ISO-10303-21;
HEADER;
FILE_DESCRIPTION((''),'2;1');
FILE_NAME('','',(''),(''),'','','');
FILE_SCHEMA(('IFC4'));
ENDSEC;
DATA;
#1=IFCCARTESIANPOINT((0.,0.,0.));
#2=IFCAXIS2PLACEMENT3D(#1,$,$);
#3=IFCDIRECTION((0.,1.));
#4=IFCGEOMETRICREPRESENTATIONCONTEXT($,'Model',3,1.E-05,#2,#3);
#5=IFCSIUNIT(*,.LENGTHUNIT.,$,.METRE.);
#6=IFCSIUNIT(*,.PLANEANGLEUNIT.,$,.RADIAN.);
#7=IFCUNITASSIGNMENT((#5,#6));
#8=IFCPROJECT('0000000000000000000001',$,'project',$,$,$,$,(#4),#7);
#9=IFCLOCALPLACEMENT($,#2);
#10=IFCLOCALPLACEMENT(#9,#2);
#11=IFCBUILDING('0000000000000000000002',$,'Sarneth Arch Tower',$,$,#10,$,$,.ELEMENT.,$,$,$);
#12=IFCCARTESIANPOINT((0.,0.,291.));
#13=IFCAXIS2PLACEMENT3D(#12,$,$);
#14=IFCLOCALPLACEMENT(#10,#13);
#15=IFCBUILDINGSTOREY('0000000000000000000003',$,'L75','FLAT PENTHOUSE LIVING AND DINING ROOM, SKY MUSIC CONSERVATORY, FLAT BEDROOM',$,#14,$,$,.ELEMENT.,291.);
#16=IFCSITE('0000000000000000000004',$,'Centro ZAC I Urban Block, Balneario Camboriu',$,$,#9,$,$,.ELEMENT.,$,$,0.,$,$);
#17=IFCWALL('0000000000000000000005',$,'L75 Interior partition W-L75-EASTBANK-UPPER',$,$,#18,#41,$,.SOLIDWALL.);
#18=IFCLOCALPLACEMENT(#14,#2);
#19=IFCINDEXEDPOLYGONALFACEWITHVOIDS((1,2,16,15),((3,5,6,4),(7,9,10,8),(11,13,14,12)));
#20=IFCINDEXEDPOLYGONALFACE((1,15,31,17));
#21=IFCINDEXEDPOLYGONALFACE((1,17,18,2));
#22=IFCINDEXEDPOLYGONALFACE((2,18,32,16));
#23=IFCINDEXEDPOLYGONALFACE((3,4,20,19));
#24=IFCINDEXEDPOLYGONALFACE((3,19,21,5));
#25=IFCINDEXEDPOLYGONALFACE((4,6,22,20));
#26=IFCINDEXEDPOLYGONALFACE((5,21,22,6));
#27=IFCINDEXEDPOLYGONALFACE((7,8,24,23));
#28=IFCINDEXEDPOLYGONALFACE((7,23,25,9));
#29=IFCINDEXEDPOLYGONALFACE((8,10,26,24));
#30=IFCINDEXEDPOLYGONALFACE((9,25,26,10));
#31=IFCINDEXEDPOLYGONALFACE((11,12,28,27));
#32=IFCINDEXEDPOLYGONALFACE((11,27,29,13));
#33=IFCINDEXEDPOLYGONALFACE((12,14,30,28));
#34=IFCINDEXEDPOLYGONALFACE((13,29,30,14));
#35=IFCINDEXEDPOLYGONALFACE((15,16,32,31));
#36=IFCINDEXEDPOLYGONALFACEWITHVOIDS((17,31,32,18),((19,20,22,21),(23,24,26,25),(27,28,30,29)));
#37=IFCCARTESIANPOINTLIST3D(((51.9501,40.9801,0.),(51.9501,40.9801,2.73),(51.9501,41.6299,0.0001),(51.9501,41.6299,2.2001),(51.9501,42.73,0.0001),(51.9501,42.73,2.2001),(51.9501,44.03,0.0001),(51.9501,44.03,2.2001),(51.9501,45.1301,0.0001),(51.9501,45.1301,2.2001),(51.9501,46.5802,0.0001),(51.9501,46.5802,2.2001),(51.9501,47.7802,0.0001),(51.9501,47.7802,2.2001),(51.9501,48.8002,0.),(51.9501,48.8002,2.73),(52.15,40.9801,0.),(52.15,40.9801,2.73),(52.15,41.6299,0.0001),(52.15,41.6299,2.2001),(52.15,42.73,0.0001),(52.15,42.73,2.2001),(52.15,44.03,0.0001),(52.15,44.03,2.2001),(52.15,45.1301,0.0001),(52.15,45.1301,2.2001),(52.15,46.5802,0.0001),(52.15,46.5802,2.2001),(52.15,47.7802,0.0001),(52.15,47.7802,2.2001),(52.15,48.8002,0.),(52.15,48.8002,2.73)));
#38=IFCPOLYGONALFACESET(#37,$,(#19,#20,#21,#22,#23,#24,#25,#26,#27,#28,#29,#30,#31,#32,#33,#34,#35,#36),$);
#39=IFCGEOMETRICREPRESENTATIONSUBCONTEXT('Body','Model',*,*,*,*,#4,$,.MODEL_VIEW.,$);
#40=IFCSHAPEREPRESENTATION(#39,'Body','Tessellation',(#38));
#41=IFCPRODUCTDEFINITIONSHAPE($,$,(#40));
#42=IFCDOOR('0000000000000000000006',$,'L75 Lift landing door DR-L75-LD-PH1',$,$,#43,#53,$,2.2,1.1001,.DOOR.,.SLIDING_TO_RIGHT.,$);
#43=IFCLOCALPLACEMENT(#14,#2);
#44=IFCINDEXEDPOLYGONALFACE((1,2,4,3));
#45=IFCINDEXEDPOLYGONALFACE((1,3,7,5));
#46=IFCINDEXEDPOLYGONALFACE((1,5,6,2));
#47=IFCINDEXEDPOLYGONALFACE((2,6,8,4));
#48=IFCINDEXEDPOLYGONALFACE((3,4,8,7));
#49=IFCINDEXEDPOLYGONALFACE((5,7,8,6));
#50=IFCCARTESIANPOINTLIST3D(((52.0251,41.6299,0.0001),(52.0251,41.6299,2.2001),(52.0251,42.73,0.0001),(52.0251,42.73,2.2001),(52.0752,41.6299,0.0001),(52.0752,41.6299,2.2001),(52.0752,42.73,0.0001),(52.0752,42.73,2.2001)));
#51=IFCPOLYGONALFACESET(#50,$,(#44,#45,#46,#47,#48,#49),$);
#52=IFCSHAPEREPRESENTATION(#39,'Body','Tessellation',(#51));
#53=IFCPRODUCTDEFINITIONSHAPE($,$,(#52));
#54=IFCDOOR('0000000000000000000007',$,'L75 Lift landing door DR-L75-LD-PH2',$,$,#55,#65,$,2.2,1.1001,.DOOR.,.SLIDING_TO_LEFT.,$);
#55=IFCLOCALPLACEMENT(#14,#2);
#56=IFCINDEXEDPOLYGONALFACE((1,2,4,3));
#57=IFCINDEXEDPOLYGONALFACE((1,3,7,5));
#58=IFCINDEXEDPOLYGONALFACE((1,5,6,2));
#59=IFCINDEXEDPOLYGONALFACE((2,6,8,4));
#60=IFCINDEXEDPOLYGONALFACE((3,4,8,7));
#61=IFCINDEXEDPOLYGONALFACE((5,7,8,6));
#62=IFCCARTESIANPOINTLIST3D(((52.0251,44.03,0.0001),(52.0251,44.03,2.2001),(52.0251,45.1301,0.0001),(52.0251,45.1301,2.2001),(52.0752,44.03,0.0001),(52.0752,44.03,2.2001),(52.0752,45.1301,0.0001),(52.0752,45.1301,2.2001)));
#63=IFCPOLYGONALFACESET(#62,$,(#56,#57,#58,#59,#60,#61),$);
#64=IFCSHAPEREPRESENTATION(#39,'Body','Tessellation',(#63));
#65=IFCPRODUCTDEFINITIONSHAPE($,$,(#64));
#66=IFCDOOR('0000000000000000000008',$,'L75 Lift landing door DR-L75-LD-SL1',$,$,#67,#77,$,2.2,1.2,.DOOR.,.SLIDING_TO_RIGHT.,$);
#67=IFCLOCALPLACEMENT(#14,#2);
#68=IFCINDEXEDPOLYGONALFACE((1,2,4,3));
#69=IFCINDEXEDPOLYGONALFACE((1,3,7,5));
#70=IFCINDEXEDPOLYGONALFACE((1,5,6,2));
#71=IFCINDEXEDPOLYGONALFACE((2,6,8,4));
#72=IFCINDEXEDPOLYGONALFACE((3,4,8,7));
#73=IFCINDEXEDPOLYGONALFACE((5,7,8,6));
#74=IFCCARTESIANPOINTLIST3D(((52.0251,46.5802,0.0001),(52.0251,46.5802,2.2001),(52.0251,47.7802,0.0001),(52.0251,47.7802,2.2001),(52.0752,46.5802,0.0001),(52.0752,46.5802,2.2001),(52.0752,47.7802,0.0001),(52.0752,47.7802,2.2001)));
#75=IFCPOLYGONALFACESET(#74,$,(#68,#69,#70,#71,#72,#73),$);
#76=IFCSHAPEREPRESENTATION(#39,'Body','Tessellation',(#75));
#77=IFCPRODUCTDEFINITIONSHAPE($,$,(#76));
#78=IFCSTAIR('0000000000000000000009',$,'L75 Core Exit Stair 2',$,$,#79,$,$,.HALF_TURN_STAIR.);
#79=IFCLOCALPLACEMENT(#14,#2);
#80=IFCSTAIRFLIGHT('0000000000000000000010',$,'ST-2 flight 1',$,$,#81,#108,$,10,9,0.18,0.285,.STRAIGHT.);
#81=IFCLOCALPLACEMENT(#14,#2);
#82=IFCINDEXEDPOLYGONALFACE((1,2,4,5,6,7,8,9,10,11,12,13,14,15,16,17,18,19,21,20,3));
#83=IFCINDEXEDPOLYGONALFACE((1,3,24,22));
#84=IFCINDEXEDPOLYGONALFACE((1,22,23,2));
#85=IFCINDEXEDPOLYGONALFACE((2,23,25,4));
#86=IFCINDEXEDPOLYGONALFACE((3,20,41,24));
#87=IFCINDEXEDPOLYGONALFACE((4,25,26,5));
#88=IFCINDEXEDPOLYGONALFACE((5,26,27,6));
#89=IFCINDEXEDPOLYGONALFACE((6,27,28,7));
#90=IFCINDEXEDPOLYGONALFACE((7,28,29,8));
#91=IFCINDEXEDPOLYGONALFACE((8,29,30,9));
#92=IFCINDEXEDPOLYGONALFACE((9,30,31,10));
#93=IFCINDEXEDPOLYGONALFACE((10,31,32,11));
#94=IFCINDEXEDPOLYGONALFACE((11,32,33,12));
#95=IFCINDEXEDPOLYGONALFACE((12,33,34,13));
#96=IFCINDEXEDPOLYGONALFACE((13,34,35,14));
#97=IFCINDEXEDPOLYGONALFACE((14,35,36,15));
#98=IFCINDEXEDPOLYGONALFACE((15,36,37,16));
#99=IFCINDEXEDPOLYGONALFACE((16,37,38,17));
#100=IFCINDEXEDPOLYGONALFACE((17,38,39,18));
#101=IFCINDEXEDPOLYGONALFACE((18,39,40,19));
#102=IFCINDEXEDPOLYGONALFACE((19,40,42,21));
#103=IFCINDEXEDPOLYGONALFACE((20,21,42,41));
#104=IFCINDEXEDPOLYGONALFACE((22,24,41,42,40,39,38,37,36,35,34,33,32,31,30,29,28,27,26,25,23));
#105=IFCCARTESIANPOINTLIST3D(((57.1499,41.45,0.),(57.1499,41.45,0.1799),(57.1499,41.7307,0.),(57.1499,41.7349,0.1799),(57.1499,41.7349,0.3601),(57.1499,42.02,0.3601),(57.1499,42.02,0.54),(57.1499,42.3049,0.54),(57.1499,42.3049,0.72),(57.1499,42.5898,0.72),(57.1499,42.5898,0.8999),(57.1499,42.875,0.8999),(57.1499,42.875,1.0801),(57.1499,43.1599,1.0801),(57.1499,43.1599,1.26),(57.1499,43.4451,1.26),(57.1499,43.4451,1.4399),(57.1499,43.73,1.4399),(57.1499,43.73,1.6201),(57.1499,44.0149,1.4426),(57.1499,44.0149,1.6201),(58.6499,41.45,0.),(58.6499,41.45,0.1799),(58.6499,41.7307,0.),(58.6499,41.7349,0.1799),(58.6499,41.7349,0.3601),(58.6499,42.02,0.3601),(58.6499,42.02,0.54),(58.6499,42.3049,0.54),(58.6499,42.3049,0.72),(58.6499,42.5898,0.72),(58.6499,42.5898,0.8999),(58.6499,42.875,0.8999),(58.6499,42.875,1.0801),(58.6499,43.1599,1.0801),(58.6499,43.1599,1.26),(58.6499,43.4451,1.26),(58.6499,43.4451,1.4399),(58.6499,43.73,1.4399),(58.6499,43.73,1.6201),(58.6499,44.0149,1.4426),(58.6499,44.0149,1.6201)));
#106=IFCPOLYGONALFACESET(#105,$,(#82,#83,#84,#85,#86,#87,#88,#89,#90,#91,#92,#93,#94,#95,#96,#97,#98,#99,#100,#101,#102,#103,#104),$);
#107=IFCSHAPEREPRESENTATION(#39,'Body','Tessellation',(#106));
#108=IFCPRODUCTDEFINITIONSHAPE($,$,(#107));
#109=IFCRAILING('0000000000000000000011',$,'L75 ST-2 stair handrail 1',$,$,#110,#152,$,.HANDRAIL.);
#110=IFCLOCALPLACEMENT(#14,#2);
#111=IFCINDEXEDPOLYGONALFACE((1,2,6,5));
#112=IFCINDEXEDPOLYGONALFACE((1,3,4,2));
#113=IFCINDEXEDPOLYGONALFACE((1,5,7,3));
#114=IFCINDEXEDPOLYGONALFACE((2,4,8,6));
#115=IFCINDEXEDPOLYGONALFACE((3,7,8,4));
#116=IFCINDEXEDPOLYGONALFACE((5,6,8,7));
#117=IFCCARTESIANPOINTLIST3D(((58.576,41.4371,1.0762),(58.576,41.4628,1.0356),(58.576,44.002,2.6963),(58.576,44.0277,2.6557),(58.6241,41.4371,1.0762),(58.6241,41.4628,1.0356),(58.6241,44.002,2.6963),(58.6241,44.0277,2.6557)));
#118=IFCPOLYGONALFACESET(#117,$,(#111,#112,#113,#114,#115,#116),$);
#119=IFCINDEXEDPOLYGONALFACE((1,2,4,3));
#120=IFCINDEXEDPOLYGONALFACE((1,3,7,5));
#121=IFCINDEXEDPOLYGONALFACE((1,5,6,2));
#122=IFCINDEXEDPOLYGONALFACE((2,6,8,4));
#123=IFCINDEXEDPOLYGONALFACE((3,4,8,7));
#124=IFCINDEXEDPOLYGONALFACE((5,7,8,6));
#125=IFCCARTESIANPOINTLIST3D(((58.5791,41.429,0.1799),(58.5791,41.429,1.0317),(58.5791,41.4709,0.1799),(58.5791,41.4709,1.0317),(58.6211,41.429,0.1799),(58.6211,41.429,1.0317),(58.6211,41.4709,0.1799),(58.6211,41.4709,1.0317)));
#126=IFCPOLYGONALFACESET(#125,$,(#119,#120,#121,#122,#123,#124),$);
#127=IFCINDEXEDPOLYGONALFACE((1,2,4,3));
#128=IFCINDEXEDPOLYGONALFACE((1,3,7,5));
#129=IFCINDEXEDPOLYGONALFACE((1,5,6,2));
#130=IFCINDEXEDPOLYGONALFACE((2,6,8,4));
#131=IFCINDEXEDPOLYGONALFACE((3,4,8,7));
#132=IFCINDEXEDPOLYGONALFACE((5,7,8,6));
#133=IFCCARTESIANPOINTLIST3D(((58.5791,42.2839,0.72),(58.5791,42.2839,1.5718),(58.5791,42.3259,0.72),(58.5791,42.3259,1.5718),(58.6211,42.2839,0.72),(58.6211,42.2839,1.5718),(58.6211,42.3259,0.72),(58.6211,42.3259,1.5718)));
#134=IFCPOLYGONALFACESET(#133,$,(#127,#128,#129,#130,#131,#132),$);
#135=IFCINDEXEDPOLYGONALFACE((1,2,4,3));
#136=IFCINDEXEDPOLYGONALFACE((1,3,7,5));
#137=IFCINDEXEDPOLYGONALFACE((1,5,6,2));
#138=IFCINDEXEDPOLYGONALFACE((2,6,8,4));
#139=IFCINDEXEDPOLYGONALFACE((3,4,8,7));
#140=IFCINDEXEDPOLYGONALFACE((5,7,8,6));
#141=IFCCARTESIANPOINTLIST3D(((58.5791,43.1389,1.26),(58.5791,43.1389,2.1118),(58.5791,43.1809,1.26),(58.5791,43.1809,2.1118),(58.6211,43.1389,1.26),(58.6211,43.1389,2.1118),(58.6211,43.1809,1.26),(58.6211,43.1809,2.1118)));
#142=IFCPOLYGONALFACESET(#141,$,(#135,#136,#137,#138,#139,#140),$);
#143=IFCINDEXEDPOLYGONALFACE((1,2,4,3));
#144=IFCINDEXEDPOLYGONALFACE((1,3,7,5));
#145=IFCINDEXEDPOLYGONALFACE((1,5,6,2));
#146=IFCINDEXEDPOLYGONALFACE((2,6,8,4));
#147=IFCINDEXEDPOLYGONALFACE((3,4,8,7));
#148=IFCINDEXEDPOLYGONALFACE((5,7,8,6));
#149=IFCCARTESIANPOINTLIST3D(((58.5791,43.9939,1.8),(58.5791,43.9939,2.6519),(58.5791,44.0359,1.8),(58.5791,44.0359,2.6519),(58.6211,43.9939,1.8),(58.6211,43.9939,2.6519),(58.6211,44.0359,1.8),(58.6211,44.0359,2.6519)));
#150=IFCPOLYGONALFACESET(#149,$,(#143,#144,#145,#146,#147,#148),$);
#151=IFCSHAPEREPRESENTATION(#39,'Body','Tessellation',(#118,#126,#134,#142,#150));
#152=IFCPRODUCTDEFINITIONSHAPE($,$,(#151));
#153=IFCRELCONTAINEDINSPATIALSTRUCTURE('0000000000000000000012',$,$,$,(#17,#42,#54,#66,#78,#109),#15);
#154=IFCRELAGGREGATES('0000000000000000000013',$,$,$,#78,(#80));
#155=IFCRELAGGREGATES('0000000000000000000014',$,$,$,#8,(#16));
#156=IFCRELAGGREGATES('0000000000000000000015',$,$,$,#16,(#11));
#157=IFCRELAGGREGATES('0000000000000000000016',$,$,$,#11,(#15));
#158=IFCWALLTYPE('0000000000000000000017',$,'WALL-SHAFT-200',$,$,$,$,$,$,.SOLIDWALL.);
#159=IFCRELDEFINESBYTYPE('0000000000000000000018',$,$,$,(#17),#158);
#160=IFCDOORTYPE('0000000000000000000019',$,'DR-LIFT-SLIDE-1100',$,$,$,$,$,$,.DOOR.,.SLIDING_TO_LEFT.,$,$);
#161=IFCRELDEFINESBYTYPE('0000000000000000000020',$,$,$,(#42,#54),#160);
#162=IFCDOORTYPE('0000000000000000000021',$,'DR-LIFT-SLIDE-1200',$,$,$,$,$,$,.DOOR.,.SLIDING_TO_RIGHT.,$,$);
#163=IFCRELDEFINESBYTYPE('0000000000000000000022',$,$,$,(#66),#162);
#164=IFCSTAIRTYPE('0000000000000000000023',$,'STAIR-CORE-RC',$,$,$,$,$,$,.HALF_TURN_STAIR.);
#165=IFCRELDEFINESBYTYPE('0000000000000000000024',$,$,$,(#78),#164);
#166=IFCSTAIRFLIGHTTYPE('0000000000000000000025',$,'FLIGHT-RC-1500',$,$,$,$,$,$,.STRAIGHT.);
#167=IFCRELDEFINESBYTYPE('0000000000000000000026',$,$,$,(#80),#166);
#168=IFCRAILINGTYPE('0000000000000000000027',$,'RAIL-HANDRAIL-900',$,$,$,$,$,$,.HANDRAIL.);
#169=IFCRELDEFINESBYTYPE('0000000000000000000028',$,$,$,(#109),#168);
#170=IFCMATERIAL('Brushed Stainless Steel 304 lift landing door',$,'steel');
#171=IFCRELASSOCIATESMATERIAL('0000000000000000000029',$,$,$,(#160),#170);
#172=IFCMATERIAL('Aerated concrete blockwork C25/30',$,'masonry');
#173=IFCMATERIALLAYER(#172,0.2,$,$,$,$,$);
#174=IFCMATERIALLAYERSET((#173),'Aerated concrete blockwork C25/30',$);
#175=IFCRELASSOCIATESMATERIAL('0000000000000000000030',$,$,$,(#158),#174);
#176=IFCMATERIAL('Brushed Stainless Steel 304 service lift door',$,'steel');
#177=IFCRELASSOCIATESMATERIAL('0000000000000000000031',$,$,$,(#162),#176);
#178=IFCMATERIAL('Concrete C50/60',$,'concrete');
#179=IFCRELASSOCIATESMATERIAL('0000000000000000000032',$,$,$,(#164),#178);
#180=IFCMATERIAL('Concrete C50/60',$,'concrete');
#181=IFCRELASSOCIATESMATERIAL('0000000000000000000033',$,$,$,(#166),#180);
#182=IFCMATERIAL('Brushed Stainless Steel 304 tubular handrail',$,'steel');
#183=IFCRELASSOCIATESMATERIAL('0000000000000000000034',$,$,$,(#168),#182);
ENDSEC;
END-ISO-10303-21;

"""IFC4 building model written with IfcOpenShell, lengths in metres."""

from ifc_helpers import new_model, si_unit, direction, frame, frame_2d, origin, origin_2d, place, context, subcontext, project, spatial, polyline, rectangle, outline, extrude, material, layer, layer_set, type_object, element, fill, aggregate, save


model = new_model("IFC4")

# Units and contexts
model_context = context("Model", 3, precision=1e-05, world=origin(), true_north=direction((0.0, 1.0)))
body_context = subcontext(model_context, "Body", "Model", "MODEL_VIEW")
ifc_project = project(units=[si_unit("LENGTHUNIT", "METRE"), si_unit("PLANEANGLEUNIT", "RADIAN")], contexts=[model_context])

# Site, building, storey
site_placement = place(None, origin())
site = spatial("IfcSite", under=ifc_project, at=site_placement, Name="Centro ZAC I Urban Block, Balneario Camboriu", CompositionType="ELEMENT", RefElevation=0.0)
building_placement = place(site_placement, origin())
building = spatial("IfcBuilding", under=site, at=building_placement, Name="Sarneth Arch Tower", CompositionType="ELEMENT")
storey_placement = place(building_placement, frame((0.0, 0.0, 291.0)))
storey = spatial("IfcBuildingStorey", under=building, at=storey_placement, Name="L75", Description="FLAT PENTHOUSE LIVING AND DINING ROOM, SKY MUSIC CONSERVATORY, FLAT BEDROOM", CompositionType="ELEMENT", Elevation=291.0)

# Shared definitions
ifc_material_1 = material(Name="Brushed Stainless Steel 304 lift landing door", Category="steel")
door_type_1 = type_object("IfcDoorType", Name="DR-LIFT-SLIDE-1100", OperationType="SLIDING_TO_LEFT", PredefinedType="DOOR", material=ifc_material_1)

# Shared definitions
ifc_material_2 = material(Name="Aerated concrete blockwork C25/30", Category="masonry")
ifc_layer_1 = layer(ifc_material_2, 0.2)
ifc_layer_set_1 = layer_set([ifc_layer_1], Name="Aerated concrete blockwork C25/30")
wall_type_1 = type_object("IfcWallType", Name="WALL-SHAFT-200", PredefinedType="SOLIDWALL", material=ifc_layer_set_1)

# Wall, openings, doors
wall_1_placement = place(storey_placement, frame((52.05, 40.98, 0.0), z_axis=(0.0, 0.0, 1.0), x_axis=(0.0, 1.0, 0.0)))
wall_1 = element("IfcWall", 1, at=wall_1_placement, inside=storey, type_object=wall_type_1, Name="L75 Interior partition W-L75-EASTBANK-UPPER", PredefinedType="SOLIDWALL", context=body_context, shape_type="SweptSolid", body=[
    extrude(rectangle(XDim=7.8201, YDim=0.2, at=frame_2d((3.9102, 0.0))), origin(), (0.0, 0.0, 1.0), 2.73),
])
opening_1_placement = place(wall_1_placement, frame((0.6499, 0.0, 0.0)))
opening_1 = element("IfcOpeningElement", 2, at=opening_1_placement, cuts=wall_1, PredefinedType="OPENING", context=body_context, shape_type="SweptSolid", body=[
    extrude(rectangle(XDim=1.1001, YDim=2.2, at=frame_2d((0.55, 1.1001))), frame((0.0, 0.1099, 0.0), z_axis=(0.0, -1.0, 0.0), x_axis=(1.0, 0.0, 0.0)), (0.0, 0.0, 1.0), 0.22),
])
opening_2_placement = place(wall_1_placement, frame((3.05, 0.0, 0.0)))
opening_2 = element("IfcOpeningElement", 3, at=opening_2_placement, cuts=wall_1, PredefinedType="OPENING", context=body_context, shape_type="SweptSolid", body=[
    extrude(rectangle(XDim=1.1001, YDim=2.2, at=frame_2d((0.55, 1.1001))), frame((0.0, 0.1099, 0.0), z_axis=(0.0, -1.0, 0.0), x_axis=(1.0, 0.0, 0.0)), (0.0, 0.0, 1.0), 0.22),
])
opening_3_placement = place(wall_1_placement, frame((5.6001, 0.0, 0.0)))
opening_3 = element("IfcOpeningElement", 4, at=opening_3_placement, cuts=wall_1, PredefinedType="OPENING", context=body_context, shape_type="SweptSolid", body=[
    extrude(rectangle(XDim=1.2, YDim=2.2, at=frame_2d((0.6001, 1.1001))), frame((0.0, 0.1099, 0.0), z_axis=(0.0, -1.0, 0.0), x_axis=(1.0, 0.0, 0.0)), (0.0, 0.0, 1.0), 0.22),
])
door_1_placement = place(opening_1_placement, origin())
door_1 = element("IfcDoor", 5, at=door_1_placement, inside=storey, type_object=door_type_1, Name="L75 Lift landing door DR-L75-LD-PH1", OperationType="SLIDING_TO_RIGHT", OverallHeight=2.2, OverallWidth=1.1001, PredefinedType="DOOR", context=body_context, shape_type="SweptSolid", body=[
    extrude(rectangle(XDim=1.1001, YDim=2.2, at=frame_2d((0.55, 1.1001))), frame((0.0, 0.0249, 0.0), z_axis=(0.0, -1.0, 0.0), x_axis=(1.0, 0.0, 0.0)), (0.0, 0.0, 1.0), 0.05),
])
fill(opening_1, door_1)
door_2_placement = place(opening_2_placement, origin())
door_2 = element("IfcDoor", 6, at=door_2_placement, inside=storey, type_object=door_type_1, Name="L75 Lift landing door DR-L75-LD-PH2", OperationType="SLIDING_TO_LEFT", OverallHeight=2.2, OverallWidth=1.1001, PredefinedType="DOOR", context=body_context, shape_type="SweptSolid", body=[
    extrude(rectangle(XDim=1.1001, YDim=2.2, at=frame_2d((0.55, 1.1001))), frame((0.0, 0.0249, 0.0), z_axis=(0.0, -1.0, 0.0), x_axis=(1.0, 0.0, 0.0)), (0.0, 0.0, 1.0), 0.05),
])
fill(opening_2, door_2)
ifc_material_3 = material(Name="Brushed Stainless Steel 304 service lift door", Category="steel")
door_type_2 = type_object("IfcDoorType", Name="DR-LIFT-SLIDE-1200", OperationType="SLIDING_TO_RIGHT", PredefinedType="DOOR", material=ifc_material_3)
door_3_placement = place(opening_3_placement, origin())
door_3 = element("IfcDoor", 7, at=door_3_placement, inside=storey, type_object=door_type_2, Name="L75 Lift landing door DR-L75-LD-SL1", OperationType="SLIDING_TO_RIGHT", OverallHeight=2.2, OverallWidth=1.2, PredefinedType="DOOR", context=body_context, shape_type="SweptSolid", body=[
    extrude(rectangle(XDim=1.2, YDim=2.2, at=frame_2d((0.6001, 1.1001))), frame((0.0, 0.0249, 0.0), z_axis=(0.0, -1.0, 0.0), x_axis=(1.0, 0.0, 0.0)), (0.0, 0.0, 1.0), 0.05),
])
fill(opening_3, door_3)

# Stair, stair flight
ifc_material_4 = material(Name="Concrete C50/60", Category="concrete")
stair_type = type_object("IfcStairType", Name="STAIR-CORE-RC", PredefinedType="HALF_TURN_STAIR", material=ifc_material_4)
stair_placement = place(storey_placement, origin())
stair = element("IfcStair", 8, at=stair_placement, inside=storey, type_object=stair_type, Name="L75 Core Exit Stair 2", PredefinedType="HALF_TURN_STAIR")
ifc_material_5 = material(Name="Concrete C50/60", Category="concrete")
stair_flight_type = type_object("IfcStairFlightType", Name="FLIGHT-RC-1500", PredefinedType="STRAIGHT", material=ifc_material_5)
stair_flight_placement = place(storey_placement, frame((57.8999, 41.45, 0.0), z_axis=(0.0, 0.0, 1.0), x_axis=(0.0, 1.0, 0.0)))
stair_flight = element("IfcStairFlight", 9, at=stair_flight_placement, type_object=stair_flight_type, Name="ST-2 flight 1", NumberOfRisers=10, NumberOfTreads=9, PredefinedType="STRAIGHT", RiserHeight=0.18, TreadLength=0.285, context=body_context, shape_type="SweptSolid", body=[
    extrude(outline(polyline([(0.0, 0.0), (0.0, 0.1799), (0.2849, 0.1799), (0.2849, 0.3601), (0.5701, 0.3601), (0.5701, 0.54), (0.855, 0.54), (0.855, 0.72), (1.1399, 0.72), (1.1399, 0.8999), (1.425, 0.8999), (1.425, 1.0801), (1.71, 1.0801), (1.71, 1.26), (1.9951, 1.26), (1.9951, 1.4399), (2.28, 1.4399), (2.28, 1.6201), (2.5649, 1.6201), (2.5649, 1.8), (2.5649, 1.4426), (0.2808, 0.0), (0.0, 0.0)])), frame((0.0, 0.75, 0.0), z_axis=(0.0, -1.0, 0.0), x_axis=(1.0, 0.0, 0.0)), (0.0, 0.0, 1.0), 1.5),
])
aggregate(stair, [stair_flight])

# Railing
ifc_material_6 = material(Name="Brushed Stainless Steel 304 tubular handrail", Category="steel")
railing_type_1 = type_object("IfcRailingType", Name="RAIL-HANDRAIL-900", PredefinedType="HANDRAIL", material=ifc_material_6)
railing_1_placement = place(storey_placement, frame((58.6001, 41.45, 0.1799)))
element("IfcRailing", 10, at=railing_1_placement, inside=storey, type_object=railing_type_1, Name="L75 ST-2 stair handrail 1", PredefinedType="HANDRAIL", context=body_context, shape_type="SweptSolid", body=[
    extrude(rectangle(XDim=0.0481, YDim=0.0481, at=origin_2d()), frame((0.0, 0.0, 0.876), z_axis=(0.0, 0.845466, 0.534029), x_axis=(-1.0, 0.0, 0.0)), (0.0, 0.0, 1.0), 3.0337),
    extrude(rectangle(XDim=0.042, YDim=0.042, at=origin_2d()), origin(), (0.0, 0.0, 1.0), 0.8518),
    extrude(rectangle(XDim=0.042, YDim=0.042, at=origin_2d()), frame((0.0, 0.855, 0.54)), (0.0, 0.0, 1.0), 0.8518),
    extrude(rectangle(XDim=0.042, YDim=0.042, at=origin_2d()), frame((0.0, 1.71, 1.0801)), (0.0, 0.0, 1.0), 0.8518),
    extrude(rectangle(XDim=0.042, YDim=0.042, at=origin_2d()), frame((0.0, 2.5649, 1.6201)), (0.0, 0.0, 1.0), 0.8518),
])

save(model, "model.ifc")
